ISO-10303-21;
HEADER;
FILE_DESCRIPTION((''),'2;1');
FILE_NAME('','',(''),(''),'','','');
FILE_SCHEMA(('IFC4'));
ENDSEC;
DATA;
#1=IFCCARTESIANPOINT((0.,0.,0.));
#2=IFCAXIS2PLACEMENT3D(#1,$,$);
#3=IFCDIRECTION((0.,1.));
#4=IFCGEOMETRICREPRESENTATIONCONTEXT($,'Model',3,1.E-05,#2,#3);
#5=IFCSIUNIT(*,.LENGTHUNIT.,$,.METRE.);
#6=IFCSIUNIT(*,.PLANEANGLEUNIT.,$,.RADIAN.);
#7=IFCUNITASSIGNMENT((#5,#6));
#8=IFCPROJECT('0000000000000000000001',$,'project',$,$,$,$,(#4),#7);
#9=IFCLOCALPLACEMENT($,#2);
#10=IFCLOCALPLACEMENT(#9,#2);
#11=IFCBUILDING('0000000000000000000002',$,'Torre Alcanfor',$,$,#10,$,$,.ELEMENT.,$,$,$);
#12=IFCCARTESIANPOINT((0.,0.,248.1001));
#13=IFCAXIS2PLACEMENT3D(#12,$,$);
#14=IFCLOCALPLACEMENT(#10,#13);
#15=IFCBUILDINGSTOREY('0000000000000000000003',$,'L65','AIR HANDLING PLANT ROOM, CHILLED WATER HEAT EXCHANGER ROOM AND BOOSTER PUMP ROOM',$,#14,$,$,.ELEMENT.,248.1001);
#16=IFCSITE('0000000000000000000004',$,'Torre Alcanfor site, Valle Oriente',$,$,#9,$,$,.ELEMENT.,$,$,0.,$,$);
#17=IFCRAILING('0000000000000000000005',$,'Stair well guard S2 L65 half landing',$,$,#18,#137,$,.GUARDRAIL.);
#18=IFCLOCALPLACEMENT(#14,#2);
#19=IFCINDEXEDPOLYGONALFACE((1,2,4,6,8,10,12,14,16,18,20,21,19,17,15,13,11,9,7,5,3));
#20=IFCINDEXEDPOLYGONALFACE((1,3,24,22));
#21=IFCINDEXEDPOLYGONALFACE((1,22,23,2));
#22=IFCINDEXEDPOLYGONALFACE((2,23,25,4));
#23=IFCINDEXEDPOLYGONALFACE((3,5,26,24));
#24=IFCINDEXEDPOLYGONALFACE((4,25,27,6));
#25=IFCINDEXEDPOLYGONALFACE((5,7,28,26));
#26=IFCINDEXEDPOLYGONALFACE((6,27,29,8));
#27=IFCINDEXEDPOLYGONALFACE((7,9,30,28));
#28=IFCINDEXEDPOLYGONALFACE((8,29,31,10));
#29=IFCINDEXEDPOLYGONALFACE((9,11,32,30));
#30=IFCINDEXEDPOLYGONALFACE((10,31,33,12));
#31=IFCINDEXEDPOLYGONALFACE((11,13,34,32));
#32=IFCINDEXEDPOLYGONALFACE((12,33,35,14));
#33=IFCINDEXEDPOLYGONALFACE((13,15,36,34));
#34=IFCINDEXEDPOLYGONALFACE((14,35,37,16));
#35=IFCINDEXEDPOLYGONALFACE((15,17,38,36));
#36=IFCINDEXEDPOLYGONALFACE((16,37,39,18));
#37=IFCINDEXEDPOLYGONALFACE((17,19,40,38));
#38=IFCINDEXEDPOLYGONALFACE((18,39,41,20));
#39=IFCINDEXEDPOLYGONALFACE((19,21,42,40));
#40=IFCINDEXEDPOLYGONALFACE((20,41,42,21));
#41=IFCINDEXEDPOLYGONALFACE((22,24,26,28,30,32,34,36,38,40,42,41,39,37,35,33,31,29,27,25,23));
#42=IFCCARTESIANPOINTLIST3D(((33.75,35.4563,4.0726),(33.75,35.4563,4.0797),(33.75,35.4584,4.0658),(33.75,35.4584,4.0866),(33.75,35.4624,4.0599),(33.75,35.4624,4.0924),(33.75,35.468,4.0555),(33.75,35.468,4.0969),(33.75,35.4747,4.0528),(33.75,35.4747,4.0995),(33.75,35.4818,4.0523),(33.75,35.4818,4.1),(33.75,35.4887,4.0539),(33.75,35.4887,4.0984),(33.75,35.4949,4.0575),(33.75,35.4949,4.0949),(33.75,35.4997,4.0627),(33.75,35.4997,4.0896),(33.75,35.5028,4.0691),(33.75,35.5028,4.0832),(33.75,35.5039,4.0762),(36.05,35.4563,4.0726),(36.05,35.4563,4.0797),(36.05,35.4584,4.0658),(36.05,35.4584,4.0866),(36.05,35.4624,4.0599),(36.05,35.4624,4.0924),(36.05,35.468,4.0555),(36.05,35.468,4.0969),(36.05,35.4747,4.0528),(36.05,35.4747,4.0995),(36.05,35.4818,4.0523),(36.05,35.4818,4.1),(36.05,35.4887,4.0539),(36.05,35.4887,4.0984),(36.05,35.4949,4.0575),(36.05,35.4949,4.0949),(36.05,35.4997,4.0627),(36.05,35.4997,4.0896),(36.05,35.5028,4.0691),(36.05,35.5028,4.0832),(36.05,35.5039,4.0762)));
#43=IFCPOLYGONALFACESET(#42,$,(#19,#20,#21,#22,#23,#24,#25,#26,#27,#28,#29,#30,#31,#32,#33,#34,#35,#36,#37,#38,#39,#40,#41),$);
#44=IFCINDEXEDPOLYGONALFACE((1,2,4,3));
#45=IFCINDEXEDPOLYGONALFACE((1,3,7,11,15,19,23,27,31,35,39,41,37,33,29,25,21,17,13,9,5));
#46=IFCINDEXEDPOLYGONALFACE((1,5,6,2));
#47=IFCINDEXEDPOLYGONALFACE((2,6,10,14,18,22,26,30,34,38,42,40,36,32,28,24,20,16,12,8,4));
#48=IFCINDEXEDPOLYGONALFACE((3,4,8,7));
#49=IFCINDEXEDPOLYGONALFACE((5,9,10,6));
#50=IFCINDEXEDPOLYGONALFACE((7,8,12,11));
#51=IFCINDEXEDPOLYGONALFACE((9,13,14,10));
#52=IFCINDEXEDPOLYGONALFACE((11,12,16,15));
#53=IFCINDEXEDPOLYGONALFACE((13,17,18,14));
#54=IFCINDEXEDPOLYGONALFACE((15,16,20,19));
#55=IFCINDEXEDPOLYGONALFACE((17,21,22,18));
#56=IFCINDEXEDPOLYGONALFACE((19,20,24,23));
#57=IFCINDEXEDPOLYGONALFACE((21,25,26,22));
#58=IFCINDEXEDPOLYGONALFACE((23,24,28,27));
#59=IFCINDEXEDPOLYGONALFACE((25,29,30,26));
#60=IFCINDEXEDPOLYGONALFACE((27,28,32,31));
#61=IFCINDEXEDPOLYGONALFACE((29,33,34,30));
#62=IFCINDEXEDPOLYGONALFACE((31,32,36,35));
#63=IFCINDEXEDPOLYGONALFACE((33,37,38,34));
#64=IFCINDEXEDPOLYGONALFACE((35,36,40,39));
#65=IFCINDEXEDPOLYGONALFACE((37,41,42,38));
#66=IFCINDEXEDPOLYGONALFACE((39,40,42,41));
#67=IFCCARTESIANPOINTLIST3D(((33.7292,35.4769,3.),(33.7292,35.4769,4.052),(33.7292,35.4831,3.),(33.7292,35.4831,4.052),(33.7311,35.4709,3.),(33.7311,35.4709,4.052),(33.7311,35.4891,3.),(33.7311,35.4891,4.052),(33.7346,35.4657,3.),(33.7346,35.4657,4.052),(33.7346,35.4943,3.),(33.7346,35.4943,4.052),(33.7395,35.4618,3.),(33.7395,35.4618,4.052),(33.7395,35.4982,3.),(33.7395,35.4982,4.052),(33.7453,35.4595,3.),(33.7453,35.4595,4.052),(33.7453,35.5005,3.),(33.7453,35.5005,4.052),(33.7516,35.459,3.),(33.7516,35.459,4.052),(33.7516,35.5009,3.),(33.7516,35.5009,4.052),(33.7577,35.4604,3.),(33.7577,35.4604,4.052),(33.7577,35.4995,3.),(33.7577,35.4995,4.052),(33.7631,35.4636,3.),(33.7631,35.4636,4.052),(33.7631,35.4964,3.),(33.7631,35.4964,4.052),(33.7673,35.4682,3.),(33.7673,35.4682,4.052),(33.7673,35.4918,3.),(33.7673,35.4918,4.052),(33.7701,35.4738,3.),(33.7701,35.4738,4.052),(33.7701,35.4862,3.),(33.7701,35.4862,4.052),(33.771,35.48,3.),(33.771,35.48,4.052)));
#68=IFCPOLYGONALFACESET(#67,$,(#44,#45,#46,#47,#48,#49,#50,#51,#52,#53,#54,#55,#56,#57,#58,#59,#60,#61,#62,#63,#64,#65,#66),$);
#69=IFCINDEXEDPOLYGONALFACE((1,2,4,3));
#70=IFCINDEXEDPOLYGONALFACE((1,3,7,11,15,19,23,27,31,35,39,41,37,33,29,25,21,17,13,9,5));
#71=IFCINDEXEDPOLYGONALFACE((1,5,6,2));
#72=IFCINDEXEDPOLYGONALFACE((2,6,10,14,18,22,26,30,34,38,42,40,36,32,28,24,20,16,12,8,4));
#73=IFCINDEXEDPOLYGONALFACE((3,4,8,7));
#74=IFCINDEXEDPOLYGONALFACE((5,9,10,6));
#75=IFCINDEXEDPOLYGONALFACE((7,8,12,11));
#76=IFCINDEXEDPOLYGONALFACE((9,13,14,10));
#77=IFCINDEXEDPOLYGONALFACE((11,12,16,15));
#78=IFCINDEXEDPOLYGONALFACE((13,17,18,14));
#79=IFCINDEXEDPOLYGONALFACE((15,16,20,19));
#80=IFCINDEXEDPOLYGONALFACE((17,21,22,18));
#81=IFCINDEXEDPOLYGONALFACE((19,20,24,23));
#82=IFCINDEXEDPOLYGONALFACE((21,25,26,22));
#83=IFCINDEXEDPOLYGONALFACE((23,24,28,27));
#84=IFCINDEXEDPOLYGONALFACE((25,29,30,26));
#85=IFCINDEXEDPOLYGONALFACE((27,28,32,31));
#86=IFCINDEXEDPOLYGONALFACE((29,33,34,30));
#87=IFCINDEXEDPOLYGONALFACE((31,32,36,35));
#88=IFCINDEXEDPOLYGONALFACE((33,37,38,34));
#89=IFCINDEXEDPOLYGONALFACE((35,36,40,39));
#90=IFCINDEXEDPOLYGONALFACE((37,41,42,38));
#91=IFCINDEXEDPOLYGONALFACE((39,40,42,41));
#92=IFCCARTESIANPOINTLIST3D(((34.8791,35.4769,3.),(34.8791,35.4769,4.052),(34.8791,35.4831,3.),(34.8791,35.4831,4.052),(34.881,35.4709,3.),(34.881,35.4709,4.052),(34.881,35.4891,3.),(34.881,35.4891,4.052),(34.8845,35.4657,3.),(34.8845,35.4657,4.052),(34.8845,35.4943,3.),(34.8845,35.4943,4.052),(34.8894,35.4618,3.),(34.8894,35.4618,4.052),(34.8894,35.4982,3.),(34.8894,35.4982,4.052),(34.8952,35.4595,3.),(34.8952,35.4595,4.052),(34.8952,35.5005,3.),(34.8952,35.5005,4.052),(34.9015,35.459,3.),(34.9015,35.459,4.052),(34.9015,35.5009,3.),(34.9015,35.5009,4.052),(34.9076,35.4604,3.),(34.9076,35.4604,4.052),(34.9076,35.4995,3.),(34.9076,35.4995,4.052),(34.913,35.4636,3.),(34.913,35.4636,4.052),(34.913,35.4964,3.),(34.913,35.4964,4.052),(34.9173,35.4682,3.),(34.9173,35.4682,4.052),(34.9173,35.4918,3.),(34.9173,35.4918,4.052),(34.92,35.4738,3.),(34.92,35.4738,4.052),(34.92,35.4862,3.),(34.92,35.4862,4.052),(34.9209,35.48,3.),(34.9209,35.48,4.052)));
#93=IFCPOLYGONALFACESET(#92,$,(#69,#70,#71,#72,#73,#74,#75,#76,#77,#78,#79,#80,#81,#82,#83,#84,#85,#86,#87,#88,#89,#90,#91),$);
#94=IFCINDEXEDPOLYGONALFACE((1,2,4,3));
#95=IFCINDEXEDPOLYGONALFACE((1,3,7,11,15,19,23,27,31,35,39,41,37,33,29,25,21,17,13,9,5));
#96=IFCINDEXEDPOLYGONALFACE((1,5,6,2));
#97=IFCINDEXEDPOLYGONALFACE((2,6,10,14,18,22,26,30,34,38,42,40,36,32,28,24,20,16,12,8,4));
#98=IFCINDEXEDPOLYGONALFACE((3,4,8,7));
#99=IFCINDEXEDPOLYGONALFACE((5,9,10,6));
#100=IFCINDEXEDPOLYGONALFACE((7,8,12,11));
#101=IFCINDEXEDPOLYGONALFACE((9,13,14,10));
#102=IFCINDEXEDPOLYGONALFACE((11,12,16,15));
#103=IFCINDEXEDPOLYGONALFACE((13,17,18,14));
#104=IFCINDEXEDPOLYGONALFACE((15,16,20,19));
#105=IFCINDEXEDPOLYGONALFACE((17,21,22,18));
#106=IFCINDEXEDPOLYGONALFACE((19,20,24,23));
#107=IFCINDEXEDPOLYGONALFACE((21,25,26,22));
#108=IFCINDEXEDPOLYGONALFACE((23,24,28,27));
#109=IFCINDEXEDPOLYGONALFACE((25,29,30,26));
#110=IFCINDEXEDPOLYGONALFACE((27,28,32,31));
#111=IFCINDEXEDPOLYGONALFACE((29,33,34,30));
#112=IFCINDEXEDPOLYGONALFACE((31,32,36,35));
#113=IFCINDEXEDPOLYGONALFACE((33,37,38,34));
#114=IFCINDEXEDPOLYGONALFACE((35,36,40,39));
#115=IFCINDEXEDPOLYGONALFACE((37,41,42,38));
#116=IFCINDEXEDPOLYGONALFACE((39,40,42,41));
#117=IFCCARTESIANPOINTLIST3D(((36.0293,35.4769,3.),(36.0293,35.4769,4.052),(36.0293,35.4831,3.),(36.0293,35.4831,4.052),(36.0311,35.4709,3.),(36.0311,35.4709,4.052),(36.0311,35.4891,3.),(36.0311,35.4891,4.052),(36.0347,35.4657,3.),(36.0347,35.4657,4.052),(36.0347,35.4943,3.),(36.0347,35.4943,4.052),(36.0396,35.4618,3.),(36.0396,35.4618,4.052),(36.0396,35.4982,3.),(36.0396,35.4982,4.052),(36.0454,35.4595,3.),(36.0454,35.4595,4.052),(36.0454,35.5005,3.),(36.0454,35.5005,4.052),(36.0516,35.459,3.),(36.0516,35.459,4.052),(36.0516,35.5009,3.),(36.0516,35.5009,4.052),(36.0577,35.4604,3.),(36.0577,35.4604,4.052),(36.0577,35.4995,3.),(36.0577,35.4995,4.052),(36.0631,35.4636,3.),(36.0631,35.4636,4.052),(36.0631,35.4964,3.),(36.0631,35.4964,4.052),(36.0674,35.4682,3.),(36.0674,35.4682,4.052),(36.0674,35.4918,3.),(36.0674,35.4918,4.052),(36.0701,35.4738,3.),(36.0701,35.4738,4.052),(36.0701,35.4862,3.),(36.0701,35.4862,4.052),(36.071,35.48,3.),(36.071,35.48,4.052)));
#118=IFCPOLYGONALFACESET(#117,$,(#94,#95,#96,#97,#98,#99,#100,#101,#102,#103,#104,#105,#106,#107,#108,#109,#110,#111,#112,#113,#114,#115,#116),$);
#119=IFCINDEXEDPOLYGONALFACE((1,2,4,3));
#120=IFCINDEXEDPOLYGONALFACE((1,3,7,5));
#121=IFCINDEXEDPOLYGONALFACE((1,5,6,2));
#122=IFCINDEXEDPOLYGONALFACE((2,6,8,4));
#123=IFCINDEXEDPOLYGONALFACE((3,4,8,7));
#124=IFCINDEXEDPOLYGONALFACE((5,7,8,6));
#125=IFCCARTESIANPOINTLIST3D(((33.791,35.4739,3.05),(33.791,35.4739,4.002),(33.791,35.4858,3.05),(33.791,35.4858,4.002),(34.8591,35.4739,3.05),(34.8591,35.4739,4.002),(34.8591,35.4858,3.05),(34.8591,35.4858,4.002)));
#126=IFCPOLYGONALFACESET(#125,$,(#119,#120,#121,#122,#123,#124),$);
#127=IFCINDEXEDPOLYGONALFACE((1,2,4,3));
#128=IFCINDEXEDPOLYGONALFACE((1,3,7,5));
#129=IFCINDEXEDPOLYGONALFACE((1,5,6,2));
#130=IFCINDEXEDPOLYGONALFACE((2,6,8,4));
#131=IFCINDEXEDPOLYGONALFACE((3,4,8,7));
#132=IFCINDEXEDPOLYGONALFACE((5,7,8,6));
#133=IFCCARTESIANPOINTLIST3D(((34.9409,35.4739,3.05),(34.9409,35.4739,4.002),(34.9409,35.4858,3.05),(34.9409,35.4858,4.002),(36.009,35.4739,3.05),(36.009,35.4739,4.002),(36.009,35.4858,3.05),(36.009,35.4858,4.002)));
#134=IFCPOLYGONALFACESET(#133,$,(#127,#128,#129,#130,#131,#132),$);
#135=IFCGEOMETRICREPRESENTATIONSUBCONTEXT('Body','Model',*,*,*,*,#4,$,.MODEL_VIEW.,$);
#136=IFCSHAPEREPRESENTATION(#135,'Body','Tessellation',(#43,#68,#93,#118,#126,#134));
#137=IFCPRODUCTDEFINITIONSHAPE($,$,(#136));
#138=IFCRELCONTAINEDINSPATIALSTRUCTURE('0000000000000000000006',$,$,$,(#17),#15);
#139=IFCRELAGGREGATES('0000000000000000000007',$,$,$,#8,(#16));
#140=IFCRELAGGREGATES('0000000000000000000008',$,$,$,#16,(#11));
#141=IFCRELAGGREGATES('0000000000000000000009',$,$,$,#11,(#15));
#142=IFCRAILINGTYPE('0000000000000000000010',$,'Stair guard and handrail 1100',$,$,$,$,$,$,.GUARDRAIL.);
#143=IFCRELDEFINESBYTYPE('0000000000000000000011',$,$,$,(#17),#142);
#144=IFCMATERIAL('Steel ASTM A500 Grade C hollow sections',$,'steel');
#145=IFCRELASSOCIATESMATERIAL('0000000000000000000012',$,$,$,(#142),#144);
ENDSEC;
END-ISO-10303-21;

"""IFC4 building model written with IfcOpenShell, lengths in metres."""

from ifc_helpers import new_model, si_unit, direction, frame, origin, origin_2d, place, context, subcontext, project, spatial, polyline, circle, outline, extrude, material, type_object, element, save


model = new_model("IFC4")

# Units and contexts
model_context = context("Model", 3, precision=1e-05, world=origin(), true_north=direction((0.0, 1.0)))
body_context = subcontext(model_context, "Body", "Model", "MODEL_VIEW")
ifc_project = project(units=[si_unit("LENGTHUNIT", "METRE"), si_unit("PLANEANGLEUNIT", "RADIAN")], contexts=[model_context])

# Site, building, storey
site_placement = place(None, origin())
site = spatial("IfcSite", under=ifc_project, at=site_placement, Name="Torre Alcanfor site, Valle Oriente", CompositionType="ELEMENT", RefElevation=0.0)
building_placement = place(site_placement, origin())
building = spatial("IfcBuilding", under=site, at=building_placement, Name="Torre Alcanfor", CompositionType="ELEMENT")
storey_placement = place(building_placement, frame((0.0, 0.0, 248.1001)))
storey = spatial("IfcBuildingStorey", under=building, at=storey_placement, Name="L65", Description="AIR HANDLING PLANT ROOM, CHILLED WATER HEAT EXCHANGER ROOM AND BOOSTER PUMP ROOM", CompositionType="ELEMENT", Elevation=248.1001)

# Railing
ifc_material_1 = material(Name="Steel ASTM A500 Grade C hollow sections", Category="steel")
railing_type_1 = type_object("IfcRailingType", Name="Stair guard and handrail 1100", PredefinedType="GUARDRAIL", material=ifc_material_1)
for number, where, name in (
    (1, (33.75, 35.48, 3.0), "Stair well guard S2 L65 half landing"),
):
    element("IfcRailing", number, at=place(storey_placement, frame(where)), inside=storey, type_object=railing_type_1, Name=name, PredefinedType="GUARDRAIL", context=body_context, shape_type="SweptSolid", body=[
        extrude(circle(Radius=0.0239, at=origin_2d()), frame((0.0, 0.0, 1.0762), z_axis=(1.0, 0.0, 0.0), x_axis=(0.0, 1.0, 0.0)), (0.0, 0.0, 1.0), 2.3),
        extrude(circle(Radius=0.021, at=origin_2d()), origin(), (0.0, 0.0, 1.0), 1.052),
        extrude(circle(Radius=0.021, at=origin_2d()), frame((1.1499, 0.0, 0.0)), (0.0, 0.0, 1.0), 1.052),
        extrude(circle(Radius=0.021, at=origin_2d()), frame((2.3, 0.0, 0.0)), (0.0, 0.0, 1.0), 1.052),
        extrude(outline(polyline([(0.041, 0.05), (1.1091, 0.05), (1.1091, 1.002), (0.041, 1.002), (0.041, 0.05)])), frame((0.0, 0.0059, 0.0), z_axis=(0.0, -1.0, 0.0), x_axis=(1.0, 0.0, 0.0)), (0.0, 0.0, 1.0), 0.012),
        extrude(outline(polyline([(1.1909, 0.05), (2.259, 0.05), (2.259, 1.002), (1.1909, 1.002), (1.1909, 0.05)])), frame((0.0, 0.0059, 0.0), z_axis=(0.0, -1.0, 0.0), x_axis=(1.0, 0.0, 0.0)), (0.0, 0.0, 1.0), 0.012),
    ])

save(model, "model.ifc")
